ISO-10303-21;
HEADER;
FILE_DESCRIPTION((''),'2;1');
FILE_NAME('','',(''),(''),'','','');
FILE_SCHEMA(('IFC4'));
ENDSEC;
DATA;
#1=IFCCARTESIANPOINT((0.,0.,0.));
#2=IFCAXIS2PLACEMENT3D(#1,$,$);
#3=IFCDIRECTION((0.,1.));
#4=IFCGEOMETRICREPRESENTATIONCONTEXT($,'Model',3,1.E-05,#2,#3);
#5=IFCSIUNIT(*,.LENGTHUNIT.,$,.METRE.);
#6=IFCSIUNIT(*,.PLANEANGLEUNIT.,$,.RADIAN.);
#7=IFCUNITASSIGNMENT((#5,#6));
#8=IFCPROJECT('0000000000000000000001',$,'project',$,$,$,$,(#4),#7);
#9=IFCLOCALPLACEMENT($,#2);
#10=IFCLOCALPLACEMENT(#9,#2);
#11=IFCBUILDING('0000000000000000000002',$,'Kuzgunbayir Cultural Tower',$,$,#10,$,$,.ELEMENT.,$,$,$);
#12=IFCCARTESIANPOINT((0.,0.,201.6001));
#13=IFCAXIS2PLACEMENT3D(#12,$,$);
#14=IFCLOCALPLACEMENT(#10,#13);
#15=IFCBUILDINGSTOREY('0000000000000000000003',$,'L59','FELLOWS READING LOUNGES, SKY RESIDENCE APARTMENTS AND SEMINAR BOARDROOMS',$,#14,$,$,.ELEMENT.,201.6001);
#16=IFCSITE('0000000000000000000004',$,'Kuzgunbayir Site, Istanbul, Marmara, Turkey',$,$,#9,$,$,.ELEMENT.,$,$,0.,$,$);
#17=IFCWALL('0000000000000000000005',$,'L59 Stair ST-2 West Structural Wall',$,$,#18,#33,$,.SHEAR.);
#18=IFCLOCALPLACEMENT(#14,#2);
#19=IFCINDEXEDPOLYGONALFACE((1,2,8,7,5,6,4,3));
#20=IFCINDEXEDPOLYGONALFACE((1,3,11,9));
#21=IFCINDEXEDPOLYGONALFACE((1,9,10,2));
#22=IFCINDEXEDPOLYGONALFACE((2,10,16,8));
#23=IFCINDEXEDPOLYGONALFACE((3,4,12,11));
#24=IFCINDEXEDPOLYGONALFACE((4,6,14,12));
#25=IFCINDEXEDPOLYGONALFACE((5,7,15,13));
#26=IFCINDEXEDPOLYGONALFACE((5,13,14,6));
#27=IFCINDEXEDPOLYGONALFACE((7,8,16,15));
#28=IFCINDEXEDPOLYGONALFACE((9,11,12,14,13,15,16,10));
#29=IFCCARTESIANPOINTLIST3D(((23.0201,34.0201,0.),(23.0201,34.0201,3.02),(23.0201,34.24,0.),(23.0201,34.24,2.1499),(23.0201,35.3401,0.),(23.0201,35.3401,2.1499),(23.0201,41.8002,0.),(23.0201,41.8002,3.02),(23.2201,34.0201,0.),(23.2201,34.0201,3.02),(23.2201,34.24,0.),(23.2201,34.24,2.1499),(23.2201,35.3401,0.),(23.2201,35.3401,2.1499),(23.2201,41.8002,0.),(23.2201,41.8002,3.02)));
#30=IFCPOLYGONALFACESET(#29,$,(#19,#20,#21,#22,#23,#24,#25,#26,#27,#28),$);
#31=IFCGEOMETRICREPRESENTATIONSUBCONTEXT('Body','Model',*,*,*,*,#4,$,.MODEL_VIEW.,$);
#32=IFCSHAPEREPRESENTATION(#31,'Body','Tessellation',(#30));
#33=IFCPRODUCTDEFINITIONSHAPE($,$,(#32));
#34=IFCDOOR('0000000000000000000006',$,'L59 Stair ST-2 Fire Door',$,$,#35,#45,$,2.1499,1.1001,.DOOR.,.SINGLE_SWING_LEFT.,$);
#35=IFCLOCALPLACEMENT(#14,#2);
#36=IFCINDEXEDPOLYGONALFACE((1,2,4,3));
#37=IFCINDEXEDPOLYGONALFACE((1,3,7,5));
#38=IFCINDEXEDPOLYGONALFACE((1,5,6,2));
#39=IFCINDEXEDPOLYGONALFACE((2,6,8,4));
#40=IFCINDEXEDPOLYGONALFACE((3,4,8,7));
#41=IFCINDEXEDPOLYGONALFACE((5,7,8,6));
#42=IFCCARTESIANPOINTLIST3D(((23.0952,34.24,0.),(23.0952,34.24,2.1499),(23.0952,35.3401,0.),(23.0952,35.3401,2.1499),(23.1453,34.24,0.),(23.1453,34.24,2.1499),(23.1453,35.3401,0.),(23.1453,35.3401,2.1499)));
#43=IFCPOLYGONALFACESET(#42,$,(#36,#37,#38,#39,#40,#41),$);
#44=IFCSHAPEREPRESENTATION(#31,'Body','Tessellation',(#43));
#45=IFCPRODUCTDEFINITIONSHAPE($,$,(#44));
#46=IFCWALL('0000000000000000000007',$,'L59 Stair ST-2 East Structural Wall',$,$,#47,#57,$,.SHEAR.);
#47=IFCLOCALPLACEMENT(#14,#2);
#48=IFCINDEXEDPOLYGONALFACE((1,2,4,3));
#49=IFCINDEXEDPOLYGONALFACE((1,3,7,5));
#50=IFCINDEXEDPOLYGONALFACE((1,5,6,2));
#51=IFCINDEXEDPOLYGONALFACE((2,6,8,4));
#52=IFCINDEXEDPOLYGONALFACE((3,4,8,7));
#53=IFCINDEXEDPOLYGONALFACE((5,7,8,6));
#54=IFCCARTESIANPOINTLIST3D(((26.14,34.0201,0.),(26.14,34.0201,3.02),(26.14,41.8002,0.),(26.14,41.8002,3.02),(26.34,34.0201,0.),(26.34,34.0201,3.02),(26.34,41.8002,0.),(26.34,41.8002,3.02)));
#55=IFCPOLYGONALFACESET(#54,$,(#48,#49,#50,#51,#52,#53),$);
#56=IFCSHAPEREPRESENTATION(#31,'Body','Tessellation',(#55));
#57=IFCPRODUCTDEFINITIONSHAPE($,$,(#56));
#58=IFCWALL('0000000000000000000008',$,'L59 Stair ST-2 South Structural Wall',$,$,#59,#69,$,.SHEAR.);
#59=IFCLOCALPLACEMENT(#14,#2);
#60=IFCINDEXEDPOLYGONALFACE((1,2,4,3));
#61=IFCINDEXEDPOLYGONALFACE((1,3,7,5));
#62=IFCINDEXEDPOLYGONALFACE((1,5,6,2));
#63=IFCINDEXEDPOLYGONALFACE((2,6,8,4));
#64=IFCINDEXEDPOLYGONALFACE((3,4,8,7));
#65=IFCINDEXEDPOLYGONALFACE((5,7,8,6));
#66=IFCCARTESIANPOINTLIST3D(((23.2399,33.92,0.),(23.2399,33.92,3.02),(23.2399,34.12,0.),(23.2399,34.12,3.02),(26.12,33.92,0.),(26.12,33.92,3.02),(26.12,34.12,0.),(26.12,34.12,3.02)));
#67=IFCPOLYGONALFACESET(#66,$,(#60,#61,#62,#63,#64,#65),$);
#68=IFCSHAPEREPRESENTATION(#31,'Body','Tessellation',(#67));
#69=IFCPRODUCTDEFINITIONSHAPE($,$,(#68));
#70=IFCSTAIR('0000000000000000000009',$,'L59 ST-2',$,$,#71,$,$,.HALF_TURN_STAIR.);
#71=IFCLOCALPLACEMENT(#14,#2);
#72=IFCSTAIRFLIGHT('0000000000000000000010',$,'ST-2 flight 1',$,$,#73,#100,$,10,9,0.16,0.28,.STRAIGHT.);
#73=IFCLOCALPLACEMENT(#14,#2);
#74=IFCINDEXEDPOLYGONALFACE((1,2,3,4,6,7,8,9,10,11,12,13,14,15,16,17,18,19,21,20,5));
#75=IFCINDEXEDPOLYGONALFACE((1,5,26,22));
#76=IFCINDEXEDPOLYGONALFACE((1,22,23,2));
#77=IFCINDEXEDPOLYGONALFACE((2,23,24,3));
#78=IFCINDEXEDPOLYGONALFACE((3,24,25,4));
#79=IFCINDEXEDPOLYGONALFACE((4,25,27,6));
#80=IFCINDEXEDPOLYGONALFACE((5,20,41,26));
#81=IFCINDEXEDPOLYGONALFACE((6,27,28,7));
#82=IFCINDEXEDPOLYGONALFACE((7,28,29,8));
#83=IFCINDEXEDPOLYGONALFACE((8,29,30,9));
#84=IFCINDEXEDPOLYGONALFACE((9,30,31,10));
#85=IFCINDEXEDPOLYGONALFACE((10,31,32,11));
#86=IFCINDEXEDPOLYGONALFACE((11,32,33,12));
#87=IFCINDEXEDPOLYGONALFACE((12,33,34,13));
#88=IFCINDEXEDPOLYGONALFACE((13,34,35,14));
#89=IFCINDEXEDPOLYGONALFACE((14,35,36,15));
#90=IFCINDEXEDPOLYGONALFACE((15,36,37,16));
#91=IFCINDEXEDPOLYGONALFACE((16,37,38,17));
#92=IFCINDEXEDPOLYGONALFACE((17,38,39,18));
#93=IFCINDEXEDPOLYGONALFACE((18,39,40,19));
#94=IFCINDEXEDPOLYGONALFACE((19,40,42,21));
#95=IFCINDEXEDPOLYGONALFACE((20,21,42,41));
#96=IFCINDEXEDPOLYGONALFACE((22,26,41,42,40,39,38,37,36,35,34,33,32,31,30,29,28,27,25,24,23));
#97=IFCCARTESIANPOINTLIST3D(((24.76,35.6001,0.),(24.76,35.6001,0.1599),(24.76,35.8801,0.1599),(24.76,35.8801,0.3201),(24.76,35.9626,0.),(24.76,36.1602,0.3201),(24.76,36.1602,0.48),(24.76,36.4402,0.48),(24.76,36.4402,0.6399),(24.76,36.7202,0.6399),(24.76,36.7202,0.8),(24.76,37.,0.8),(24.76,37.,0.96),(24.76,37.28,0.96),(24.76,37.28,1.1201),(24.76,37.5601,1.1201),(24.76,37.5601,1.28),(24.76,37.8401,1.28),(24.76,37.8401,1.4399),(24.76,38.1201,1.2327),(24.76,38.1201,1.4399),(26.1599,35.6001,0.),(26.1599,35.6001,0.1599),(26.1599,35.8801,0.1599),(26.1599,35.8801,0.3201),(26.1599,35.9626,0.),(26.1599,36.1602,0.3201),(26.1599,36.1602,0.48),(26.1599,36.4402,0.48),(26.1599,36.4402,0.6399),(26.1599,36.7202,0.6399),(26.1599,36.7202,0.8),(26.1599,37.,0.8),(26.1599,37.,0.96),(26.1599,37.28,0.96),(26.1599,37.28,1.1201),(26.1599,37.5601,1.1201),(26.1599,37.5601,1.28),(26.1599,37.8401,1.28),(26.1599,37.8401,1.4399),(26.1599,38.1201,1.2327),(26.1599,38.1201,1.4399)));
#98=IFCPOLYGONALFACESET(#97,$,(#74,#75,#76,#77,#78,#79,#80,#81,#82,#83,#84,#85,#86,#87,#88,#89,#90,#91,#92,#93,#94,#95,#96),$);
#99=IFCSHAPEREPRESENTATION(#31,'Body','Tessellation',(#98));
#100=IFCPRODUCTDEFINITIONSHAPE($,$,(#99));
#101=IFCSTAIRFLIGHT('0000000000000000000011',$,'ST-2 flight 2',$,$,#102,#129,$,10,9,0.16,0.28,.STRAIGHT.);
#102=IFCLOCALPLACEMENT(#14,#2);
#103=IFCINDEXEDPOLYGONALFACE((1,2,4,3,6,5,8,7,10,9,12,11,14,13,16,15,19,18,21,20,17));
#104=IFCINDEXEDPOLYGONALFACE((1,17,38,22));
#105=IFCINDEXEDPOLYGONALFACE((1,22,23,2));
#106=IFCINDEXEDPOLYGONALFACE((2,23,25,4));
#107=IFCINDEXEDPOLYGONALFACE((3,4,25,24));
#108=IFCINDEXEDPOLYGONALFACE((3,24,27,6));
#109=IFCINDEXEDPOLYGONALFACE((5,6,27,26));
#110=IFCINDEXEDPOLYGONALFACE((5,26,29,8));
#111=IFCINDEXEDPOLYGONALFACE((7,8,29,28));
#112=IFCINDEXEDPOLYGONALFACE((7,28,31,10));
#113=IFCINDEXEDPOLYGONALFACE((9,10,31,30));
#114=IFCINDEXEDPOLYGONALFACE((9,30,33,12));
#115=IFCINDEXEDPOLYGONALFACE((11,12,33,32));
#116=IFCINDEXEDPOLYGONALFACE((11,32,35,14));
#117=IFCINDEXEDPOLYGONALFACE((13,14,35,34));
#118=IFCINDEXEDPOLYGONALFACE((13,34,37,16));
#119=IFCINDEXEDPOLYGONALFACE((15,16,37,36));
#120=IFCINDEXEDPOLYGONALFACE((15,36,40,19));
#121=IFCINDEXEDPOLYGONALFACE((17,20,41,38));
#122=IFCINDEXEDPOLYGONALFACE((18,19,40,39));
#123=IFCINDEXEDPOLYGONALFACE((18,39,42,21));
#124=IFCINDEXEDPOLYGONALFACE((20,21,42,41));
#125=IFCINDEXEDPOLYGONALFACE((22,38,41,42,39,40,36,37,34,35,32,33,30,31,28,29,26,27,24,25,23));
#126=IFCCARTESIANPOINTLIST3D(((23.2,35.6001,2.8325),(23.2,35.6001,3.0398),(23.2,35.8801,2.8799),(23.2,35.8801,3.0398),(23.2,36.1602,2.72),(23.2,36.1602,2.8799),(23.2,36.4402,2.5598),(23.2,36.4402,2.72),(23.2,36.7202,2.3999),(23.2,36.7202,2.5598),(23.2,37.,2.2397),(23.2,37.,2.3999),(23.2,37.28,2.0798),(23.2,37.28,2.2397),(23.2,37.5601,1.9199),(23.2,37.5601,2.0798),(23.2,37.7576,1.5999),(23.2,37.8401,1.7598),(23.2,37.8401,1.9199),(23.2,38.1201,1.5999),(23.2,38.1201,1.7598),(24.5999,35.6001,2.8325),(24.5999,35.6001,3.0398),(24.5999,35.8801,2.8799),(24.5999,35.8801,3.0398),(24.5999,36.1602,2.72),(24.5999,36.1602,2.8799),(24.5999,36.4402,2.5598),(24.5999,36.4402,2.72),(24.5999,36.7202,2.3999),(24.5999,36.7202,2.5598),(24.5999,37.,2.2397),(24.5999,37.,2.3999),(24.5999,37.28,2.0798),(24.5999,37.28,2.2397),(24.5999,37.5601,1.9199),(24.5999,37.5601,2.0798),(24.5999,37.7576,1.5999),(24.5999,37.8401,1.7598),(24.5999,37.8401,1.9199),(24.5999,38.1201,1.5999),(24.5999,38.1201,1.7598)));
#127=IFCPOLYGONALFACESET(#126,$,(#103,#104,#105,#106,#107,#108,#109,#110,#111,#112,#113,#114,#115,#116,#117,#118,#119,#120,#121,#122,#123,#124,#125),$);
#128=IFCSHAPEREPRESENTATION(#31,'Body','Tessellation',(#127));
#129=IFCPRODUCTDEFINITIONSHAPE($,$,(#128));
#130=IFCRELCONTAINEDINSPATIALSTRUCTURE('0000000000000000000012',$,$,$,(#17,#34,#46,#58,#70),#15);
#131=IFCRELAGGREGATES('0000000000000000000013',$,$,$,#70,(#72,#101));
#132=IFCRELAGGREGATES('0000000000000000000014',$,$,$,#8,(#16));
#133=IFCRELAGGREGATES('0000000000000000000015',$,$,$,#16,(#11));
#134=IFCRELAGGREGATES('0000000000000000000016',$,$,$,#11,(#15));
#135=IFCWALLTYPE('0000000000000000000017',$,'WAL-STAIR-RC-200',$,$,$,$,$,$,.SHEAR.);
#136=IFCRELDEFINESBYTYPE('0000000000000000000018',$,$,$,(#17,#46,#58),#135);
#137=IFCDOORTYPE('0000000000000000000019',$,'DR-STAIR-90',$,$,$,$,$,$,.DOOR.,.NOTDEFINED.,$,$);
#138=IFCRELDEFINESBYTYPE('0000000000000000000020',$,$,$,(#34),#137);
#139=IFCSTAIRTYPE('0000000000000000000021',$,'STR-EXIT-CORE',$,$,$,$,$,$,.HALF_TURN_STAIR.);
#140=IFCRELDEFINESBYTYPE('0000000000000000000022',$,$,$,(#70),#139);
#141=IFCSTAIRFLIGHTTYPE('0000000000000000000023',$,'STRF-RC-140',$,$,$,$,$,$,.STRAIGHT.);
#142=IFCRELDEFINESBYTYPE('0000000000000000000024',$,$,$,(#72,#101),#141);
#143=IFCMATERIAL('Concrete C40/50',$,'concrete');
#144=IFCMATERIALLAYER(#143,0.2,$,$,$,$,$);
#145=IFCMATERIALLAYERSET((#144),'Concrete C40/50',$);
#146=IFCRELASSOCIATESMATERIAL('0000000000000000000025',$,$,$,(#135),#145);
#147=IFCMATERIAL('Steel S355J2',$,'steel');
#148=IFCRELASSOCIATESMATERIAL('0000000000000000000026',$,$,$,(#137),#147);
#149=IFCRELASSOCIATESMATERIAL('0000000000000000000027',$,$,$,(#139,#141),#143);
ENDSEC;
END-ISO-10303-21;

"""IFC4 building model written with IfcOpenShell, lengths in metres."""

from ifc_helpers import new_model, si_unit, direction, frame, frame_2d, origin, place, context, subcontext, project, spatial, polyline, rectangle, outline, extrude, material, layer, layer_set, type_object, element, fill, aggregate, save


model = new_model("IFC4")

# Units and contexts
model_context = context("Model", 3, precision=1e-05, world=origin(), true_north=direction((0.0, 1.0)))
body_context = subcontext(model_context, "Body", "Model", "MODEL_VIEW")
ifc_project = project(units=[si_unit("LENGTHUNIT", "METRE"), si_unit("PLANEANGLEUNIT", "RADIAN")], contexts=[model_context])

# Site, building, storey
site_placement = place(None, origin())
site = spatial("IfcSite", under=ifc_project, at=site_placement, Name="Kuzgunbayir Site, Istanbul, Marmara, Turkey", CompositionType="ELEMENT", RefElevation=0.0)
building_placement = place(site_placement, origin())
building = spatial("IfcBuilding", under=site, at=building_placement, Name="Kuzgunbayir Cultural Tower", CompositionType="ELEMENT")
storey_placement = place(building_placement, frame((0.0, 0.0, 201.6001)))
storey = spatial("IfcBuildingStorey", under=building, at=storey_placement, Name="L59", Description="FELLOWS READING LOUNGES, SKY RESIDENCE APARTMENTS AND SEMINAR BOARDROOMS", CompositionType="ELEMENT", Elevation=201.6001)

# Shared definitions
ifc_material_1 = material(Name="Steel S355J2", Category="steel")

# Shared definitions
ifc_material_2 = material(Name="Concrete C40/50", Category="concrete")

# Wall, opening, door
ifc_layer_1 = layer(ifc_material_2, 0.2)
ifc_layer_set_1 = layer_set([ifc_layer_1], Name="Concrete C40/50")
wall_type_1 = type_object("IfcWallType", Name="WAL-STAIR-RC-200", PredefinedType="SHEAR", material=ifc_layer_set_1)
wall_1_placement = place(storey_placement, frame((23.1201, 34.02, 0.0), z_axis=(0.0, 0.0, 1.0), x_axis=(0.0, 1.0, 0.0)))
wall_1 = element("IfcWall", 1, at=wall_1_placement, inside=storey, type_object=wall_type_1, Name="L59 Stair ST-2 West Structural Wall", PredefinedType="SHEAR", context=body_context, shape_type="SweptSolid", body=[
    extrude(rectangle(XDim=7.78, YDim=0.2, at=frame_2d((3.8901, 0.0))), origin(), (0.0, 0.0, 1.0), 3.02),
])
opening_1_placement = place(wall_1_placement, frame((0.22, 0.0, 0.0)))
opening_1 = element("IfcOpeningElement", 2, at=opening_1_placement, cuts=wall_1, PredefinedType="OPENING", context=body_context, shape_type="SweptSolid", body=[
    extrude(rectangle(XDim=1.1001, YDim=2.1499, at=frame_2d((0.55, 1.075))), frame((0.0, 0.1099, 0.0), z_axis=(0.0, -1.0, 0.0), x_axis=(1.0, 0.0, 0.0)), (0.0, 0.0, 1.0), 0.22),
])
door_type_1 = type_object("IfcDoorType", Name="DR-STAIR-90", OperationType="NOTDEFINED", PredefinedType="DOOR", material=ifc_material_1)
door_1_placement = place(opening_1_placement, origin())
door_1 = element("IfcDoor", 3, at=door_1_placement, inside=storey, type_object=door_type_1, Name="L59 Stair ST-2 Fire Door", OperationType="SINGLE_SWING_LEFT", OverallHeight=2.1499, OverallWidth=1.1001, PredefinedType="DOOR", context=body_context, shape_type="SweptSolid", body=[
    extrude(rectangle(XDim=1.1001, YDim=2.1499, at=frame_2d((0.55, 1.075))), frame((0.0, 0.0249, 0.0), z_axis=(0.0, -1.0, 0.0), x_axis=(1.0, 0.0, 0.0)), (0.0, 0.0, 1.0), 0.05),
])
fill(opening_1, door_1)

# Walls
wall_2_placement = place(storey_placement, frame((26.24, 34.02, 0.0), z_axis=(0.0, 0.0, 1.0), x_axis=(0.0, 1.0, 0.0)))
element("IfcWall", 4, at=wall_2_placement, inside=storey, type_object=wall_type_1, Name="L59 Stair ST-2 East Structural Wall", PredefinedType="SHEAR", context=body_context, shape_type="SweptSolid", body=[
    extrude(rectangle(XDim=7.78, YDim=0.2, at=frame_2d((3.8901, 0.0))), origin(), (0.0, 0.0, 1.0), 3.02),
])
wall_3_placement = place(storey_placement, frame((23.24, 34.02, 0.0), z_axis=(0.0, 0.0, 1.0), x_axis=(1.0, 0.0, 0.0)))
element("IfcWall", 5, at=wall_3_placement, inside=storey, type_object=wall_type_1, Name="L59 Stair ST-2 South Structural Wall", PredefinedType="SHEAR", context=body_context, shape_type="SweptSolid", body=[
    extrude(rectangle(XDim=2.8801, YDim=0.2, at=frame_2d((1.4399, 0.0))), origin(), (0.0, 0.0, 1.0), 3.02),
])

# Stair, stair flights
stair_type = type_object("IfcStairType", Name="STR-EXIT-CORE", PredefinedType="HALF_TURN_STAIR", material=ifc_material_2)
stair_placement = place(storey_placement, origin())
stair = element("IfcStair", 6, at=stair_placement, inside=storey, type_object=stair_type, Name="L59 ST-2", PredefinedType="HALF_TURN_STAIR")
stair_flight_type = type_object("IfcStairFlightType", Name="STRF-RC-140", PredefinedType="STRAIGHT", material=ifc_material_2)
stair_flight_1_placement = place(storey_placement, frame((25.46, 35.6001, 0.0), z_axis=(0.0, 0.0, 1.0), x_axis=(0.0, 1.0, 0.0)))
stair_flight_1 = element("IfcStairFlight", 7, at=stair_flight_1_placement, type_object=stair_flight_type, Name="ST-2 flight 1", NumberOfRisers=10, NumberOfTreads=9, PredefinedType="STRAIGHT", RiserHeight=0.16, TreadLength=0.28, context=body_context, shape_type="SweptSolid", body=[
    extrude(outline(polyline([(0.0, 0.0), (0.0, 0.1599), (0.28, 0.1599), (0.28, 0.3201), (0.5601, 0.3201), (0.5601, 0.48), (0.8401, 0.48), (0.8401, 0.6399), (1.1201, 0.6399), (1.1201, 0.8), (1.3999, 0.8), (1.3999, 0.96), (1.6799, 0.96), (1.6799, 1.1201), (1.96, 1.1201), (1.96, 1.28), (2.24, 1.28), (2.24, 1.4399), (2.52, 1.4399), (2.52, 1.6001), (2.52, 1.2327), (0.3625, 0.0), (0.0, 0.0)])), frame((0.0, 0.7, 0.0), z_axis=(0.0, -1.0, 0.0), x_axis=(1.0, 0.0, 0.0)), (0.0, 0.0, 1.0), 1.3999),
])
stair_flight_2_placement = place(storey_placement, frame((23.8999, 38.1201, 1.5999), z_axis=(0.0, 0.0, 1.0), x_axis=(0.0, -1.0, 0.0)))
stair_flight_2 = element("IfcStairFlight", 8, at=stair_flight_2_placement, type_object=stair_flight_type, Name="ST-2 flight 2", NumberOfRisers=10, NumberOfTreads=9, PredefinedType="STRAIGHT", RiserHeight=0.16, TreadLength=0.28, context=body_context, shape_type="SweptSolid", body=[
    extrude(outline(polyline([(0.0, 0.0), (0.0, 0.1599), (0.28, 0.1599), (0.28, 0.3201), (0.5601, 0.3201), (0.5601, 0.48), (0.8401, 0.48), (0.8401, 0.6399), (1.1201, 0.6399), (1.1201, 0.8), (1.3999, 0.8), (1.3999, 0.96), (1.6799, 0.96), (1.6799, 1.1201), (1.96, 1.1201), (1.96, 1.28), (2.24, 1.28), (2.24, 1.4399), (2.52, 1.4399), (2.52, 1.6001), (2.52, 1.2327), (0.3625, 0.0), (0.0, 0.0)])), frame((0.0, 0.7, 0.0), z_axis=(0.0, -1.0, 0.0), x_axis=(1.0, 0.0, 0.0)), (0.0, 0.0, 1.0), 1.3999),
])
aggregate(stair, [stair_flight_1, stair_flight_2])

save(model, "model.ifc")
